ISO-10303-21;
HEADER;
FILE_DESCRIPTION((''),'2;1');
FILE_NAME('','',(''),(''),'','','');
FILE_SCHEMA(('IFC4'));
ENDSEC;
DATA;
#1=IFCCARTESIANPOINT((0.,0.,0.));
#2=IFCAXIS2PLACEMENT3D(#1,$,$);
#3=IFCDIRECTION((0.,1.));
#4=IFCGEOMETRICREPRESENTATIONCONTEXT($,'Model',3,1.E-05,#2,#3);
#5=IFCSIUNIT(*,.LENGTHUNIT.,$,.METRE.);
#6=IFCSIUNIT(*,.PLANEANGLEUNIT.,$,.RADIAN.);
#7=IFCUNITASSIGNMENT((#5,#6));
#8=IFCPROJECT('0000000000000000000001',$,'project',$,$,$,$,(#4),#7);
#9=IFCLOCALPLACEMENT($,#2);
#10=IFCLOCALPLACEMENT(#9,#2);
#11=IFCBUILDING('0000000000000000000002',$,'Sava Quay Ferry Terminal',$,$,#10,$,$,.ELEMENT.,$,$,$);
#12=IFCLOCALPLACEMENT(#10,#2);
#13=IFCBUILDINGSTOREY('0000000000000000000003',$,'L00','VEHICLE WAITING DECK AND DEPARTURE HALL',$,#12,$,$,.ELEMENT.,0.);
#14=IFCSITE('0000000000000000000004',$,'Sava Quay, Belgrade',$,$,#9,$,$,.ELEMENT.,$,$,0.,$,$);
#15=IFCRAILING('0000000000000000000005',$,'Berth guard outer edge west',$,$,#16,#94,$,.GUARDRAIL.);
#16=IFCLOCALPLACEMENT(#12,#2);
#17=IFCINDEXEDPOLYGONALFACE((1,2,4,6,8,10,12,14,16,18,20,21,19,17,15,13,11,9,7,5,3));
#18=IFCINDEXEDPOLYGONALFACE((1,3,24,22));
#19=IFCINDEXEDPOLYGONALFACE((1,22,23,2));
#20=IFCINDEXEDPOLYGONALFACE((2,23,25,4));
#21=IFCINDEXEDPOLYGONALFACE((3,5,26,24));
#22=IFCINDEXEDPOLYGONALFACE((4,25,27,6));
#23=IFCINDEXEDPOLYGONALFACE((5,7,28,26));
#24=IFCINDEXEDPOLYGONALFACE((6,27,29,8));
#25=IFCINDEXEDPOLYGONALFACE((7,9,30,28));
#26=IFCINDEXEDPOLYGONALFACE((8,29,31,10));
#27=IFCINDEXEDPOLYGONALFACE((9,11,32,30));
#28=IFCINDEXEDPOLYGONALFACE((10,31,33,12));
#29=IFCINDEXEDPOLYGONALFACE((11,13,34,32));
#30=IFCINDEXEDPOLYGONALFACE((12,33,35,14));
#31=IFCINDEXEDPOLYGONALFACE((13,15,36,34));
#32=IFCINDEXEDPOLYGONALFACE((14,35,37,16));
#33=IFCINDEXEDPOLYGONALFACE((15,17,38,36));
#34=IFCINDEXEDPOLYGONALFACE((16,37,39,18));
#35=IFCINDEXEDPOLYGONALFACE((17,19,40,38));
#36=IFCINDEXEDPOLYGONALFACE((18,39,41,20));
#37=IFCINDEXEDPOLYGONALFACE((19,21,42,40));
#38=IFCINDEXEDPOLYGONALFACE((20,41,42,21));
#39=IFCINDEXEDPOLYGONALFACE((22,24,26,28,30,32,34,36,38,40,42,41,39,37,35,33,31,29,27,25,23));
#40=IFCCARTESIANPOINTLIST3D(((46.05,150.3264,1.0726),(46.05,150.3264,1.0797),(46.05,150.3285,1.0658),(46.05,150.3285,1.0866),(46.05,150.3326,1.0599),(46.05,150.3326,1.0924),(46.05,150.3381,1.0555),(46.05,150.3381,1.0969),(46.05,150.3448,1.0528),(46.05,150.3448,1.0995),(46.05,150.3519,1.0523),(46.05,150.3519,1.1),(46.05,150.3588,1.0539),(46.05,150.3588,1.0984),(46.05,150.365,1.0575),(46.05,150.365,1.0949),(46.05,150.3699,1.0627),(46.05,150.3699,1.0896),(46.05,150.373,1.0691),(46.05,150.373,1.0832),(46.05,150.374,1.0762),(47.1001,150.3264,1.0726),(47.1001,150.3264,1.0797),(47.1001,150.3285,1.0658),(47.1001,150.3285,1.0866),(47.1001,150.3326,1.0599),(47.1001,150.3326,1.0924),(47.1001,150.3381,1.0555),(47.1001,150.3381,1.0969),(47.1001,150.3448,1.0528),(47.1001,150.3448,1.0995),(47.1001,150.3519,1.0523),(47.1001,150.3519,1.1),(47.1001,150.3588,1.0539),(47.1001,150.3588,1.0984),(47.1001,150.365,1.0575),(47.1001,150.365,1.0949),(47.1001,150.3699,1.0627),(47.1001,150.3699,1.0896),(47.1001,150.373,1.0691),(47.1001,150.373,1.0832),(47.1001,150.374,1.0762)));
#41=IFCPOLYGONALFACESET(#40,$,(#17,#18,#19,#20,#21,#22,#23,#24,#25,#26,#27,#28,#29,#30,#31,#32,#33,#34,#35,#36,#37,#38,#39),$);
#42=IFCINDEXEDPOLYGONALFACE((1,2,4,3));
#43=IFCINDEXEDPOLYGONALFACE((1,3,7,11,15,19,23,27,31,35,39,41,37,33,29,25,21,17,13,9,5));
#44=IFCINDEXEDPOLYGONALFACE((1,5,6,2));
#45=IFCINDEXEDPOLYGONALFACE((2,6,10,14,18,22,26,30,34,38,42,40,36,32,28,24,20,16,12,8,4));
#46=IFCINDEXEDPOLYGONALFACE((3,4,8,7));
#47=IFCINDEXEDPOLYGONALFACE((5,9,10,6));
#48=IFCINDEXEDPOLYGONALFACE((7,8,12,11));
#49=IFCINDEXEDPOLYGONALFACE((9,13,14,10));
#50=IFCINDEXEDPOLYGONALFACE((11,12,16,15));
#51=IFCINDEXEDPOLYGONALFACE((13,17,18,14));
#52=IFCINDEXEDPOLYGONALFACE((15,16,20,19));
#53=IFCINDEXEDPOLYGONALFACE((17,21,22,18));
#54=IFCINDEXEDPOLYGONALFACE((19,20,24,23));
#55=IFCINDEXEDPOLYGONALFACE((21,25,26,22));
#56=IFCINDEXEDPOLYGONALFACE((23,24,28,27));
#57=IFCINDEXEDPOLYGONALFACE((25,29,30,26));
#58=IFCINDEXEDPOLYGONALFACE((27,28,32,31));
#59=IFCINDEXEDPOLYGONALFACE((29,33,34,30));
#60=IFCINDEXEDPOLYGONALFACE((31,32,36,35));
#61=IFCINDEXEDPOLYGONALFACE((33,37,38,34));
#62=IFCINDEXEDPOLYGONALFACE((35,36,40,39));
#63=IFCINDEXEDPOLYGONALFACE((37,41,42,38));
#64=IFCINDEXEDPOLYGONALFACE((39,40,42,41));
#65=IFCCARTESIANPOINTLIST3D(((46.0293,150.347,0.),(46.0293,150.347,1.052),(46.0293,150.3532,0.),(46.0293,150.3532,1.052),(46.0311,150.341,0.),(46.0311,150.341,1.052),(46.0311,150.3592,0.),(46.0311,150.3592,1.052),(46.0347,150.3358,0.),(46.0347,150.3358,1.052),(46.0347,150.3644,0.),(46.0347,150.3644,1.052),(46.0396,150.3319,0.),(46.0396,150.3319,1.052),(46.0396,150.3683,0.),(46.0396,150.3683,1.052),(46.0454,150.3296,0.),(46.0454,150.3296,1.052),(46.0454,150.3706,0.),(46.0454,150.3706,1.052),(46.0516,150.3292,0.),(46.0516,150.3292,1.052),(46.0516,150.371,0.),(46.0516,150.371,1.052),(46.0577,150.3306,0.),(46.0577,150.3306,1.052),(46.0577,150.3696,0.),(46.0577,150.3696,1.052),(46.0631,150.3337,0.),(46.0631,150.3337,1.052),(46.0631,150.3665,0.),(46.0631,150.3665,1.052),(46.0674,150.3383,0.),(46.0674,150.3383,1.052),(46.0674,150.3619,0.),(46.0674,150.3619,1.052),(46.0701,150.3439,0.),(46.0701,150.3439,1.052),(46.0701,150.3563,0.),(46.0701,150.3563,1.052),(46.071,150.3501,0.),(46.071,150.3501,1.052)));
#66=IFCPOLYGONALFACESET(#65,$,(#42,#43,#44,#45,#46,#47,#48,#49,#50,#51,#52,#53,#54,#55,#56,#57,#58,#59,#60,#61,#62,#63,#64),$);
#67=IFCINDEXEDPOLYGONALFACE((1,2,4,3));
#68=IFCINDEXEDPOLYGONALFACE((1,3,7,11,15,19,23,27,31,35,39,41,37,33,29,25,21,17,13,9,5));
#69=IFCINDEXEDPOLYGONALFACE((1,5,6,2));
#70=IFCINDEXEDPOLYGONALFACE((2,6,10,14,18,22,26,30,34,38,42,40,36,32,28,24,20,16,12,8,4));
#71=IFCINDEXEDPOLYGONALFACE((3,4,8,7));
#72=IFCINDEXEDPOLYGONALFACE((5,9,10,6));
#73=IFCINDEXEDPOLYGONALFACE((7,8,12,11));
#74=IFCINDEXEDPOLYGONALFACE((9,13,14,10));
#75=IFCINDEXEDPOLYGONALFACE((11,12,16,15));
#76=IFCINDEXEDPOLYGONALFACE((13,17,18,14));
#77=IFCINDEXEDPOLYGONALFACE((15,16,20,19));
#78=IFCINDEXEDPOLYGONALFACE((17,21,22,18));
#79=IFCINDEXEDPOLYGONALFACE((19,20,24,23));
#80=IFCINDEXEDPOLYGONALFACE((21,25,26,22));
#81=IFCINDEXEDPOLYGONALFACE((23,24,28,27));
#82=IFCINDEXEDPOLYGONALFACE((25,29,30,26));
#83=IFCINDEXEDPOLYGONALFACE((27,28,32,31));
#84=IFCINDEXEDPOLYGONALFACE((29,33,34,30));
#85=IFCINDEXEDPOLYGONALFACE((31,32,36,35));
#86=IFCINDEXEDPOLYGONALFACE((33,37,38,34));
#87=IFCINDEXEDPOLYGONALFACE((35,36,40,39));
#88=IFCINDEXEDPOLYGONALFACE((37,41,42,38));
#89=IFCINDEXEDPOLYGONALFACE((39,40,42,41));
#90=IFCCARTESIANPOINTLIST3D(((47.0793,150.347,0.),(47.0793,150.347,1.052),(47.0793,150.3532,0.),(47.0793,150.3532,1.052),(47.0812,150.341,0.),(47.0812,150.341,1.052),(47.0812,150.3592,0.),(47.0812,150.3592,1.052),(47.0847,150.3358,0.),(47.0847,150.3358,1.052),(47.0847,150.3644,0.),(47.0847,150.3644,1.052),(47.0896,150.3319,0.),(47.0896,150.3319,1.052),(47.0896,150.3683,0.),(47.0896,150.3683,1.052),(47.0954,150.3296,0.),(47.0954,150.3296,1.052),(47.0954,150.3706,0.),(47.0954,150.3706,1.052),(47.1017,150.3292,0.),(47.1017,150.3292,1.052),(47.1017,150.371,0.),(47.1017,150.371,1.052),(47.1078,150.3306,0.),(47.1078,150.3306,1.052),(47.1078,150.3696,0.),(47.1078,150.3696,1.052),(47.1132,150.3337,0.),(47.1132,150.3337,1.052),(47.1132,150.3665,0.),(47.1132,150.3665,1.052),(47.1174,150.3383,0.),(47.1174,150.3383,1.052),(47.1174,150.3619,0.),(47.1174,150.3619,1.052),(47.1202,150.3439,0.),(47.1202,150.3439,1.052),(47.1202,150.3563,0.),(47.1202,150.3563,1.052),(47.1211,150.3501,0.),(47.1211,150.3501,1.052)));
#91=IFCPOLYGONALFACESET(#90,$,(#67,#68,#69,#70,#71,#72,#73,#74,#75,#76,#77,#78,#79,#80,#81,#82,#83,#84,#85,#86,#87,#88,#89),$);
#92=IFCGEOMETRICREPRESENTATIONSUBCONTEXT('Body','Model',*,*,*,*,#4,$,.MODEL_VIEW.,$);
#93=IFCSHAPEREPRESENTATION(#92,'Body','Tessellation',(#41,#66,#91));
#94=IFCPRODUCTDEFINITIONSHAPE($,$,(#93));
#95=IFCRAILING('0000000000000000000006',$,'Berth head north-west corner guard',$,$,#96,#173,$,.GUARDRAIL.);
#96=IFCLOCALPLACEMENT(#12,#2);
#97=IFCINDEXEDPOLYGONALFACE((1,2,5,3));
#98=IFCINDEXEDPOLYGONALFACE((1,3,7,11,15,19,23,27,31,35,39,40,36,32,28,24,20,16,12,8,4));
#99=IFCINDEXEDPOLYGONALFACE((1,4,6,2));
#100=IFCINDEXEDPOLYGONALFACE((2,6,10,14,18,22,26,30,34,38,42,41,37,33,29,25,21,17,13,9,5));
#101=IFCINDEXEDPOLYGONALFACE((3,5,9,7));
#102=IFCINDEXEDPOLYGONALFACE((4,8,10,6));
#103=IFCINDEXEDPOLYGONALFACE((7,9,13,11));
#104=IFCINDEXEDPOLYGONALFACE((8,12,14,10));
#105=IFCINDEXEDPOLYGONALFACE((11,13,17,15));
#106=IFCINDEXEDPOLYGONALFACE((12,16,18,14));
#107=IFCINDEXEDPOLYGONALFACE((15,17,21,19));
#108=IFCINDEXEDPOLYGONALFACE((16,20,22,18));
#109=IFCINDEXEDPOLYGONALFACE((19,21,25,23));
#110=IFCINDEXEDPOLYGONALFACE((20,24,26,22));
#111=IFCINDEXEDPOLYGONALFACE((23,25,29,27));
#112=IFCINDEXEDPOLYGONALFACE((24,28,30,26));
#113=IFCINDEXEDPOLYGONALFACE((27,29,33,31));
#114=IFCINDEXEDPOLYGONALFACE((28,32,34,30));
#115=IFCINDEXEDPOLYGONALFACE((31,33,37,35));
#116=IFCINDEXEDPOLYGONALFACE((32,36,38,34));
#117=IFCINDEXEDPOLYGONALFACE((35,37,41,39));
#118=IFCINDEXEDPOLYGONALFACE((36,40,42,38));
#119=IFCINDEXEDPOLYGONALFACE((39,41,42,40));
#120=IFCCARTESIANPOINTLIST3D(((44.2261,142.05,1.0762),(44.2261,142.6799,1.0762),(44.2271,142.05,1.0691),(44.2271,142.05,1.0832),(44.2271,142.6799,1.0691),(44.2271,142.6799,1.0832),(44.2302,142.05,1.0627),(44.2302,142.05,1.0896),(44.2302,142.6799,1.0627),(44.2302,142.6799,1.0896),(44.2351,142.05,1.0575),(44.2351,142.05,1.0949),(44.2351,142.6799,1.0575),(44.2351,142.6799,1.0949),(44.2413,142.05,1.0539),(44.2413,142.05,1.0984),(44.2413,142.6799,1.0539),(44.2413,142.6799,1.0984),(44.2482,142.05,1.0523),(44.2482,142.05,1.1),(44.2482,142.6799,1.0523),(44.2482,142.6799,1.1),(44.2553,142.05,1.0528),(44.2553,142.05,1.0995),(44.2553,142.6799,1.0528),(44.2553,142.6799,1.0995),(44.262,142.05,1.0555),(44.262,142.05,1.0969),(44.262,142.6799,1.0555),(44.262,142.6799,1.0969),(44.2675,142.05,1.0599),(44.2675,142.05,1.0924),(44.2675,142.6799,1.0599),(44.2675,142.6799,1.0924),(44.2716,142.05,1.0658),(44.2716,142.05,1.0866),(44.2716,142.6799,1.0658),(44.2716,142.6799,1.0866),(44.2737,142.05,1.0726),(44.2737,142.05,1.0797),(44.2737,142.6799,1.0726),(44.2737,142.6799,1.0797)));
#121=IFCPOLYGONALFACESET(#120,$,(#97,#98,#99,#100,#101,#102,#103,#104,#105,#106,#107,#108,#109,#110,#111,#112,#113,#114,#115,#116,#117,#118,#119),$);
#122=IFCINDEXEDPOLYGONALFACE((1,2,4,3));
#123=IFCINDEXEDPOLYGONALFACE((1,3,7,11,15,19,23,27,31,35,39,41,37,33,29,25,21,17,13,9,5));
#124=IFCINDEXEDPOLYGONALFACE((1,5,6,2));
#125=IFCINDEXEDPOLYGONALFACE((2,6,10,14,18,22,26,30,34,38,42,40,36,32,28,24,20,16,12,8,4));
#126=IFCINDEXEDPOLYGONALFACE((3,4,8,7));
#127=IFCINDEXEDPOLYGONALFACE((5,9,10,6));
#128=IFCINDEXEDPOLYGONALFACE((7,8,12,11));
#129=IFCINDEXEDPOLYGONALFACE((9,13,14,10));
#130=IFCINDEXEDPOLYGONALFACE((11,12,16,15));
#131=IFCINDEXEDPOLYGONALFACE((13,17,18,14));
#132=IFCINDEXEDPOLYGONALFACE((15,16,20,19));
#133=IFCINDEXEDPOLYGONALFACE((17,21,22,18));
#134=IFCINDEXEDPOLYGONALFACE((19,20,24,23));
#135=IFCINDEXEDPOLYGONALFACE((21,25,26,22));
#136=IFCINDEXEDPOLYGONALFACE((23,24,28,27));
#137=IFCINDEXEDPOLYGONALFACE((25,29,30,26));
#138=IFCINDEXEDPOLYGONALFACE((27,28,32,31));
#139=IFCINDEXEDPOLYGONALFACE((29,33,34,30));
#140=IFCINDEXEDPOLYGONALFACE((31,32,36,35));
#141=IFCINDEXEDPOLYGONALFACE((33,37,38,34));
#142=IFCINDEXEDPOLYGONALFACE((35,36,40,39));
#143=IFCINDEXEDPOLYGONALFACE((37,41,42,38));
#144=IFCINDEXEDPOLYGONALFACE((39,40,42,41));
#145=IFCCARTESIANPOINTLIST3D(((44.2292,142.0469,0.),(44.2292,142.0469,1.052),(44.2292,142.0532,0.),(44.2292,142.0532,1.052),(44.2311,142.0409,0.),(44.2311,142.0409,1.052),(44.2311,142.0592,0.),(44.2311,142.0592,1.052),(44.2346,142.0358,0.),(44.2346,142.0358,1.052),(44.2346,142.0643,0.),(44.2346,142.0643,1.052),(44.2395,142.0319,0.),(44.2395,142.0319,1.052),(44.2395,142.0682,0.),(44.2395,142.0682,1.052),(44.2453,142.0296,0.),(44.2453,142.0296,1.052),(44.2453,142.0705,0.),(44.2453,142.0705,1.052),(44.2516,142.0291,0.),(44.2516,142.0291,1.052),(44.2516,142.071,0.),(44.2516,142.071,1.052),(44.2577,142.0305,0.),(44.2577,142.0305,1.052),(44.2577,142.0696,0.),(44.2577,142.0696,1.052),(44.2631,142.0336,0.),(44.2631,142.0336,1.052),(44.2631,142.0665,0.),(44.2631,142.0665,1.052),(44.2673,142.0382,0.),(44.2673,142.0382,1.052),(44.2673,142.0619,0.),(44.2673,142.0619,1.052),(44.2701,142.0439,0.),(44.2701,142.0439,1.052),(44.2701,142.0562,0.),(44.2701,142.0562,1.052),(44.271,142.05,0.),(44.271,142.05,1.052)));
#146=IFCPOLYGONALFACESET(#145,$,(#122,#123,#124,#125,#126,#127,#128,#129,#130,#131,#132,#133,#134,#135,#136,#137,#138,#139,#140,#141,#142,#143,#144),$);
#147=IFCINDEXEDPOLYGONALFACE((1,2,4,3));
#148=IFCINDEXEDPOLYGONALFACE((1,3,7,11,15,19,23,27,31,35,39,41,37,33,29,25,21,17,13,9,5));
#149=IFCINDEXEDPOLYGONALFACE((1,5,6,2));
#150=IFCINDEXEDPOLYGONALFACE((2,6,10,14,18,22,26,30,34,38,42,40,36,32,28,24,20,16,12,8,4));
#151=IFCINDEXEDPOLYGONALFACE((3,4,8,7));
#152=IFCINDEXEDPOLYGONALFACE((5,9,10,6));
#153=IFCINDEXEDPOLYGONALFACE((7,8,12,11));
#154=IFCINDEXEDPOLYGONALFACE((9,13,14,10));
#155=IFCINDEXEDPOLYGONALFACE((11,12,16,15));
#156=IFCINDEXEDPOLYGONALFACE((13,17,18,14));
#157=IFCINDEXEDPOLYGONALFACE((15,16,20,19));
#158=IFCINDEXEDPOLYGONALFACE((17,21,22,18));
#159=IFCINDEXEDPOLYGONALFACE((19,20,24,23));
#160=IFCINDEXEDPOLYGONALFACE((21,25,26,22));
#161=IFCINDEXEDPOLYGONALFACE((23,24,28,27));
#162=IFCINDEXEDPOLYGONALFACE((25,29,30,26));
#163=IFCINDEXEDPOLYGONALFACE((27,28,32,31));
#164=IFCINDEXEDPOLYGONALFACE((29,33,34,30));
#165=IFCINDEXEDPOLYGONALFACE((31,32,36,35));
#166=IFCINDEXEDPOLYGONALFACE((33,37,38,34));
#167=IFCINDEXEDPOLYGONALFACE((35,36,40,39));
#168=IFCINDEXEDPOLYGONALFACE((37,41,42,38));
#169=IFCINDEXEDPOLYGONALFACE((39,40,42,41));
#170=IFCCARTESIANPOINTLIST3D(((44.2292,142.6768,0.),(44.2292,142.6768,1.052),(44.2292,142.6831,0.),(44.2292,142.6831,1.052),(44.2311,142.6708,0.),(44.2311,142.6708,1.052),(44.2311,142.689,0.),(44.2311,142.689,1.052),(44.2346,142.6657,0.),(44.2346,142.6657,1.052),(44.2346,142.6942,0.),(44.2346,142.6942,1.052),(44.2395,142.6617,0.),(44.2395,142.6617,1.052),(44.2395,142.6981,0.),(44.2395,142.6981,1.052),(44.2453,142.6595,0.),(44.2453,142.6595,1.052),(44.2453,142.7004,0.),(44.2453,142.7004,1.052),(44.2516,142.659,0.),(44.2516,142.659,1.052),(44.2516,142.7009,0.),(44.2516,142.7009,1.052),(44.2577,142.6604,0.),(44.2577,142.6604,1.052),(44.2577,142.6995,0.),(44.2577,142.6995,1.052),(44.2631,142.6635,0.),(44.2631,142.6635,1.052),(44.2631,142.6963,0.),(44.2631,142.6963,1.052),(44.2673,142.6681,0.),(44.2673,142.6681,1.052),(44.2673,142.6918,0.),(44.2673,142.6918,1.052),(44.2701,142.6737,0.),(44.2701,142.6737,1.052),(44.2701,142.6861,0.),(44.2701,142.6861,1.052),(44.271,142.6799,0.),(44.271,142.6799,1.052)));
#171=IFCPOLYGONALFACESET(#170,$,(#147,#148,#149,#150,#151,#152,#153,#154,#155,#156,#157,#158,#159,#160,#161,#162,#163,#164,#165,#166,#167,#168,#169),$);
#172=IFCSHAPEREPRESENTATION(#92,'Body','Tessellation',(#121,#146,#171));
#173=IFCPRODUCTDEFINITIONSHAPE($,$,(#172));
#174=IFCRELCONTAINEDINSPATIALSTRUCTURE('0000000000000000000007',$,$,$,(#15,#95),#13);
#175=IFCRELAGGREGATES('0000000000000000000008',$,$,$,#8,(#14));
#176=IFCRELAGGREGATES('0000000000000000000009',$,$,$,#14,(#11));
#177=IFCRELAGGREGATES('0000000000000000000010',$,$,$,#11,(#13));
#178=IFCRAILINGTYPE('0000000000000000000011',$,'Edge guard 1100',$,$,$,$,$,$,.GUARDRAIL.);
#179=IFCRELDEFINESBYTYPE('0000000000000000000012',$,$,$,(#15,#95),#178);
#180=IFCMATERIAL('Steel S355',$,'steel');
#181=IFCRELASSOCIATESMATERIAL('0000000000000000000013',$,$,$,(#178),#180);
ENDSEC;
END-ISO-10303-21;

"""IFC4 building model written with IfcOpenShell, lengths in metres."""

from ifc_helpers import new_model, si_unit, direction, frame, origin, origin_2d, place, context, subcontext, project, spatial, circle, extrude, material, type_object, element, save


model = new_model("IFC4")

# Units and contexts
model_context = context("Model", 3, precision=1e-05, world=origin(), true_north=direction((0.0, 1.0)))
body_context = subcontext(model_context, "Body", "Model", "MODEL_VIEW")
ifc_project = project(units=[si_unit("LENGTHUNIT", "METRE"), si_unit("PLANEANGLEUNIT", "RADIAN")], contexts=[model_context])

# Site, building, storey
site_placement = place(None, origin())
site = spatial("IfcSite", under=ifc_project, at=site_placement, Name="Sava Quay, Belgrade", CompositionType="ELEMENT", RefElevation=0.0)
building_placement = place(site_placement, origin())
building = spatial("IfcBuilding", under=site, at=building_placement, Name="Sava Quay Ferry Terminal", CompositionType="ELEMENT")
storey_placement = place(building_placement, origin())
storey = spatial("IfcBuildingStorey", under=building, at=storey_placement, Name="L00", Description="VEHICLE WAITING DECK AND DEPARTURE HALL", CompositionType="ELEMENT", Elevation=0.0)

# Railings
ifc_material_1 = material(Name="Steel S355", Category="steel")
railing_type = type_object("IfcRailingType", Name="Edge guard 1100", PredefinedType="GUARDRAIL", material=ifc_material_1)
railing_1_placement = place(storey_placement, frame((46.05, 150.3501, 0.0)))
element("IfcRailing", 1, at=railing_1_placement, inside=storey, type_object=railing_type, Name="Berth guard outer edge west", PredefinedType="GUARDRAIL", context=body_context, shape_type="SweptSolid", body=[
    extrude(circle(Radius=0.0239, at=origin_2d()), frame((0.0, 0.0, 1.0762), z_axis=(1.0, 0.0, 0.0), x_axis=(0.0, 1.0, 0.0)), (0.0, 0.0, 1.0), 1.05),
    extrude(circle(Radius=0.021, at=origin_2d()), origin(), (0.0, 0.0, 1.0), 1.052),
    extrude(circle(Radius=0.021, at=origin_2d()), frame((1.05, 0.0, 0.0)), (0.0, 0.0, 1.0), 1.052),
])
railing_2_placement = place(storey_placement, frame((44.25, 142.05, 0.0)))
element("IfcRailing", 2, at=railing_2_placement, inside=storey, type_object=railing_type, Name="Berth head north-west corner guard", PredefinedType="GUARDRAIL", context=body_context, shape_type="SweptSolid", body=[
    extrude(circle(Radius=0.0239, at=origin_2d()), frame((0.0, 0.0, 1.0762), z_axis=(0.0, 1.0, 0.0), x_axis=(-1.0, 0.0, 0.0)), (0.0, 0.0, 1.0), 0.6299),
    extrude(circle(Radius=0.021, at=origin_2d()), origin(), (0.0, 0.0, 1.0), 1.052),
    extrude(circle(Radius=0.021, at=origin_2d()), frame((0.0, 0.6299, 0.0)), (0.0, 0.0, 1.0), 1.052),
])

save(model, "model.ifc")
